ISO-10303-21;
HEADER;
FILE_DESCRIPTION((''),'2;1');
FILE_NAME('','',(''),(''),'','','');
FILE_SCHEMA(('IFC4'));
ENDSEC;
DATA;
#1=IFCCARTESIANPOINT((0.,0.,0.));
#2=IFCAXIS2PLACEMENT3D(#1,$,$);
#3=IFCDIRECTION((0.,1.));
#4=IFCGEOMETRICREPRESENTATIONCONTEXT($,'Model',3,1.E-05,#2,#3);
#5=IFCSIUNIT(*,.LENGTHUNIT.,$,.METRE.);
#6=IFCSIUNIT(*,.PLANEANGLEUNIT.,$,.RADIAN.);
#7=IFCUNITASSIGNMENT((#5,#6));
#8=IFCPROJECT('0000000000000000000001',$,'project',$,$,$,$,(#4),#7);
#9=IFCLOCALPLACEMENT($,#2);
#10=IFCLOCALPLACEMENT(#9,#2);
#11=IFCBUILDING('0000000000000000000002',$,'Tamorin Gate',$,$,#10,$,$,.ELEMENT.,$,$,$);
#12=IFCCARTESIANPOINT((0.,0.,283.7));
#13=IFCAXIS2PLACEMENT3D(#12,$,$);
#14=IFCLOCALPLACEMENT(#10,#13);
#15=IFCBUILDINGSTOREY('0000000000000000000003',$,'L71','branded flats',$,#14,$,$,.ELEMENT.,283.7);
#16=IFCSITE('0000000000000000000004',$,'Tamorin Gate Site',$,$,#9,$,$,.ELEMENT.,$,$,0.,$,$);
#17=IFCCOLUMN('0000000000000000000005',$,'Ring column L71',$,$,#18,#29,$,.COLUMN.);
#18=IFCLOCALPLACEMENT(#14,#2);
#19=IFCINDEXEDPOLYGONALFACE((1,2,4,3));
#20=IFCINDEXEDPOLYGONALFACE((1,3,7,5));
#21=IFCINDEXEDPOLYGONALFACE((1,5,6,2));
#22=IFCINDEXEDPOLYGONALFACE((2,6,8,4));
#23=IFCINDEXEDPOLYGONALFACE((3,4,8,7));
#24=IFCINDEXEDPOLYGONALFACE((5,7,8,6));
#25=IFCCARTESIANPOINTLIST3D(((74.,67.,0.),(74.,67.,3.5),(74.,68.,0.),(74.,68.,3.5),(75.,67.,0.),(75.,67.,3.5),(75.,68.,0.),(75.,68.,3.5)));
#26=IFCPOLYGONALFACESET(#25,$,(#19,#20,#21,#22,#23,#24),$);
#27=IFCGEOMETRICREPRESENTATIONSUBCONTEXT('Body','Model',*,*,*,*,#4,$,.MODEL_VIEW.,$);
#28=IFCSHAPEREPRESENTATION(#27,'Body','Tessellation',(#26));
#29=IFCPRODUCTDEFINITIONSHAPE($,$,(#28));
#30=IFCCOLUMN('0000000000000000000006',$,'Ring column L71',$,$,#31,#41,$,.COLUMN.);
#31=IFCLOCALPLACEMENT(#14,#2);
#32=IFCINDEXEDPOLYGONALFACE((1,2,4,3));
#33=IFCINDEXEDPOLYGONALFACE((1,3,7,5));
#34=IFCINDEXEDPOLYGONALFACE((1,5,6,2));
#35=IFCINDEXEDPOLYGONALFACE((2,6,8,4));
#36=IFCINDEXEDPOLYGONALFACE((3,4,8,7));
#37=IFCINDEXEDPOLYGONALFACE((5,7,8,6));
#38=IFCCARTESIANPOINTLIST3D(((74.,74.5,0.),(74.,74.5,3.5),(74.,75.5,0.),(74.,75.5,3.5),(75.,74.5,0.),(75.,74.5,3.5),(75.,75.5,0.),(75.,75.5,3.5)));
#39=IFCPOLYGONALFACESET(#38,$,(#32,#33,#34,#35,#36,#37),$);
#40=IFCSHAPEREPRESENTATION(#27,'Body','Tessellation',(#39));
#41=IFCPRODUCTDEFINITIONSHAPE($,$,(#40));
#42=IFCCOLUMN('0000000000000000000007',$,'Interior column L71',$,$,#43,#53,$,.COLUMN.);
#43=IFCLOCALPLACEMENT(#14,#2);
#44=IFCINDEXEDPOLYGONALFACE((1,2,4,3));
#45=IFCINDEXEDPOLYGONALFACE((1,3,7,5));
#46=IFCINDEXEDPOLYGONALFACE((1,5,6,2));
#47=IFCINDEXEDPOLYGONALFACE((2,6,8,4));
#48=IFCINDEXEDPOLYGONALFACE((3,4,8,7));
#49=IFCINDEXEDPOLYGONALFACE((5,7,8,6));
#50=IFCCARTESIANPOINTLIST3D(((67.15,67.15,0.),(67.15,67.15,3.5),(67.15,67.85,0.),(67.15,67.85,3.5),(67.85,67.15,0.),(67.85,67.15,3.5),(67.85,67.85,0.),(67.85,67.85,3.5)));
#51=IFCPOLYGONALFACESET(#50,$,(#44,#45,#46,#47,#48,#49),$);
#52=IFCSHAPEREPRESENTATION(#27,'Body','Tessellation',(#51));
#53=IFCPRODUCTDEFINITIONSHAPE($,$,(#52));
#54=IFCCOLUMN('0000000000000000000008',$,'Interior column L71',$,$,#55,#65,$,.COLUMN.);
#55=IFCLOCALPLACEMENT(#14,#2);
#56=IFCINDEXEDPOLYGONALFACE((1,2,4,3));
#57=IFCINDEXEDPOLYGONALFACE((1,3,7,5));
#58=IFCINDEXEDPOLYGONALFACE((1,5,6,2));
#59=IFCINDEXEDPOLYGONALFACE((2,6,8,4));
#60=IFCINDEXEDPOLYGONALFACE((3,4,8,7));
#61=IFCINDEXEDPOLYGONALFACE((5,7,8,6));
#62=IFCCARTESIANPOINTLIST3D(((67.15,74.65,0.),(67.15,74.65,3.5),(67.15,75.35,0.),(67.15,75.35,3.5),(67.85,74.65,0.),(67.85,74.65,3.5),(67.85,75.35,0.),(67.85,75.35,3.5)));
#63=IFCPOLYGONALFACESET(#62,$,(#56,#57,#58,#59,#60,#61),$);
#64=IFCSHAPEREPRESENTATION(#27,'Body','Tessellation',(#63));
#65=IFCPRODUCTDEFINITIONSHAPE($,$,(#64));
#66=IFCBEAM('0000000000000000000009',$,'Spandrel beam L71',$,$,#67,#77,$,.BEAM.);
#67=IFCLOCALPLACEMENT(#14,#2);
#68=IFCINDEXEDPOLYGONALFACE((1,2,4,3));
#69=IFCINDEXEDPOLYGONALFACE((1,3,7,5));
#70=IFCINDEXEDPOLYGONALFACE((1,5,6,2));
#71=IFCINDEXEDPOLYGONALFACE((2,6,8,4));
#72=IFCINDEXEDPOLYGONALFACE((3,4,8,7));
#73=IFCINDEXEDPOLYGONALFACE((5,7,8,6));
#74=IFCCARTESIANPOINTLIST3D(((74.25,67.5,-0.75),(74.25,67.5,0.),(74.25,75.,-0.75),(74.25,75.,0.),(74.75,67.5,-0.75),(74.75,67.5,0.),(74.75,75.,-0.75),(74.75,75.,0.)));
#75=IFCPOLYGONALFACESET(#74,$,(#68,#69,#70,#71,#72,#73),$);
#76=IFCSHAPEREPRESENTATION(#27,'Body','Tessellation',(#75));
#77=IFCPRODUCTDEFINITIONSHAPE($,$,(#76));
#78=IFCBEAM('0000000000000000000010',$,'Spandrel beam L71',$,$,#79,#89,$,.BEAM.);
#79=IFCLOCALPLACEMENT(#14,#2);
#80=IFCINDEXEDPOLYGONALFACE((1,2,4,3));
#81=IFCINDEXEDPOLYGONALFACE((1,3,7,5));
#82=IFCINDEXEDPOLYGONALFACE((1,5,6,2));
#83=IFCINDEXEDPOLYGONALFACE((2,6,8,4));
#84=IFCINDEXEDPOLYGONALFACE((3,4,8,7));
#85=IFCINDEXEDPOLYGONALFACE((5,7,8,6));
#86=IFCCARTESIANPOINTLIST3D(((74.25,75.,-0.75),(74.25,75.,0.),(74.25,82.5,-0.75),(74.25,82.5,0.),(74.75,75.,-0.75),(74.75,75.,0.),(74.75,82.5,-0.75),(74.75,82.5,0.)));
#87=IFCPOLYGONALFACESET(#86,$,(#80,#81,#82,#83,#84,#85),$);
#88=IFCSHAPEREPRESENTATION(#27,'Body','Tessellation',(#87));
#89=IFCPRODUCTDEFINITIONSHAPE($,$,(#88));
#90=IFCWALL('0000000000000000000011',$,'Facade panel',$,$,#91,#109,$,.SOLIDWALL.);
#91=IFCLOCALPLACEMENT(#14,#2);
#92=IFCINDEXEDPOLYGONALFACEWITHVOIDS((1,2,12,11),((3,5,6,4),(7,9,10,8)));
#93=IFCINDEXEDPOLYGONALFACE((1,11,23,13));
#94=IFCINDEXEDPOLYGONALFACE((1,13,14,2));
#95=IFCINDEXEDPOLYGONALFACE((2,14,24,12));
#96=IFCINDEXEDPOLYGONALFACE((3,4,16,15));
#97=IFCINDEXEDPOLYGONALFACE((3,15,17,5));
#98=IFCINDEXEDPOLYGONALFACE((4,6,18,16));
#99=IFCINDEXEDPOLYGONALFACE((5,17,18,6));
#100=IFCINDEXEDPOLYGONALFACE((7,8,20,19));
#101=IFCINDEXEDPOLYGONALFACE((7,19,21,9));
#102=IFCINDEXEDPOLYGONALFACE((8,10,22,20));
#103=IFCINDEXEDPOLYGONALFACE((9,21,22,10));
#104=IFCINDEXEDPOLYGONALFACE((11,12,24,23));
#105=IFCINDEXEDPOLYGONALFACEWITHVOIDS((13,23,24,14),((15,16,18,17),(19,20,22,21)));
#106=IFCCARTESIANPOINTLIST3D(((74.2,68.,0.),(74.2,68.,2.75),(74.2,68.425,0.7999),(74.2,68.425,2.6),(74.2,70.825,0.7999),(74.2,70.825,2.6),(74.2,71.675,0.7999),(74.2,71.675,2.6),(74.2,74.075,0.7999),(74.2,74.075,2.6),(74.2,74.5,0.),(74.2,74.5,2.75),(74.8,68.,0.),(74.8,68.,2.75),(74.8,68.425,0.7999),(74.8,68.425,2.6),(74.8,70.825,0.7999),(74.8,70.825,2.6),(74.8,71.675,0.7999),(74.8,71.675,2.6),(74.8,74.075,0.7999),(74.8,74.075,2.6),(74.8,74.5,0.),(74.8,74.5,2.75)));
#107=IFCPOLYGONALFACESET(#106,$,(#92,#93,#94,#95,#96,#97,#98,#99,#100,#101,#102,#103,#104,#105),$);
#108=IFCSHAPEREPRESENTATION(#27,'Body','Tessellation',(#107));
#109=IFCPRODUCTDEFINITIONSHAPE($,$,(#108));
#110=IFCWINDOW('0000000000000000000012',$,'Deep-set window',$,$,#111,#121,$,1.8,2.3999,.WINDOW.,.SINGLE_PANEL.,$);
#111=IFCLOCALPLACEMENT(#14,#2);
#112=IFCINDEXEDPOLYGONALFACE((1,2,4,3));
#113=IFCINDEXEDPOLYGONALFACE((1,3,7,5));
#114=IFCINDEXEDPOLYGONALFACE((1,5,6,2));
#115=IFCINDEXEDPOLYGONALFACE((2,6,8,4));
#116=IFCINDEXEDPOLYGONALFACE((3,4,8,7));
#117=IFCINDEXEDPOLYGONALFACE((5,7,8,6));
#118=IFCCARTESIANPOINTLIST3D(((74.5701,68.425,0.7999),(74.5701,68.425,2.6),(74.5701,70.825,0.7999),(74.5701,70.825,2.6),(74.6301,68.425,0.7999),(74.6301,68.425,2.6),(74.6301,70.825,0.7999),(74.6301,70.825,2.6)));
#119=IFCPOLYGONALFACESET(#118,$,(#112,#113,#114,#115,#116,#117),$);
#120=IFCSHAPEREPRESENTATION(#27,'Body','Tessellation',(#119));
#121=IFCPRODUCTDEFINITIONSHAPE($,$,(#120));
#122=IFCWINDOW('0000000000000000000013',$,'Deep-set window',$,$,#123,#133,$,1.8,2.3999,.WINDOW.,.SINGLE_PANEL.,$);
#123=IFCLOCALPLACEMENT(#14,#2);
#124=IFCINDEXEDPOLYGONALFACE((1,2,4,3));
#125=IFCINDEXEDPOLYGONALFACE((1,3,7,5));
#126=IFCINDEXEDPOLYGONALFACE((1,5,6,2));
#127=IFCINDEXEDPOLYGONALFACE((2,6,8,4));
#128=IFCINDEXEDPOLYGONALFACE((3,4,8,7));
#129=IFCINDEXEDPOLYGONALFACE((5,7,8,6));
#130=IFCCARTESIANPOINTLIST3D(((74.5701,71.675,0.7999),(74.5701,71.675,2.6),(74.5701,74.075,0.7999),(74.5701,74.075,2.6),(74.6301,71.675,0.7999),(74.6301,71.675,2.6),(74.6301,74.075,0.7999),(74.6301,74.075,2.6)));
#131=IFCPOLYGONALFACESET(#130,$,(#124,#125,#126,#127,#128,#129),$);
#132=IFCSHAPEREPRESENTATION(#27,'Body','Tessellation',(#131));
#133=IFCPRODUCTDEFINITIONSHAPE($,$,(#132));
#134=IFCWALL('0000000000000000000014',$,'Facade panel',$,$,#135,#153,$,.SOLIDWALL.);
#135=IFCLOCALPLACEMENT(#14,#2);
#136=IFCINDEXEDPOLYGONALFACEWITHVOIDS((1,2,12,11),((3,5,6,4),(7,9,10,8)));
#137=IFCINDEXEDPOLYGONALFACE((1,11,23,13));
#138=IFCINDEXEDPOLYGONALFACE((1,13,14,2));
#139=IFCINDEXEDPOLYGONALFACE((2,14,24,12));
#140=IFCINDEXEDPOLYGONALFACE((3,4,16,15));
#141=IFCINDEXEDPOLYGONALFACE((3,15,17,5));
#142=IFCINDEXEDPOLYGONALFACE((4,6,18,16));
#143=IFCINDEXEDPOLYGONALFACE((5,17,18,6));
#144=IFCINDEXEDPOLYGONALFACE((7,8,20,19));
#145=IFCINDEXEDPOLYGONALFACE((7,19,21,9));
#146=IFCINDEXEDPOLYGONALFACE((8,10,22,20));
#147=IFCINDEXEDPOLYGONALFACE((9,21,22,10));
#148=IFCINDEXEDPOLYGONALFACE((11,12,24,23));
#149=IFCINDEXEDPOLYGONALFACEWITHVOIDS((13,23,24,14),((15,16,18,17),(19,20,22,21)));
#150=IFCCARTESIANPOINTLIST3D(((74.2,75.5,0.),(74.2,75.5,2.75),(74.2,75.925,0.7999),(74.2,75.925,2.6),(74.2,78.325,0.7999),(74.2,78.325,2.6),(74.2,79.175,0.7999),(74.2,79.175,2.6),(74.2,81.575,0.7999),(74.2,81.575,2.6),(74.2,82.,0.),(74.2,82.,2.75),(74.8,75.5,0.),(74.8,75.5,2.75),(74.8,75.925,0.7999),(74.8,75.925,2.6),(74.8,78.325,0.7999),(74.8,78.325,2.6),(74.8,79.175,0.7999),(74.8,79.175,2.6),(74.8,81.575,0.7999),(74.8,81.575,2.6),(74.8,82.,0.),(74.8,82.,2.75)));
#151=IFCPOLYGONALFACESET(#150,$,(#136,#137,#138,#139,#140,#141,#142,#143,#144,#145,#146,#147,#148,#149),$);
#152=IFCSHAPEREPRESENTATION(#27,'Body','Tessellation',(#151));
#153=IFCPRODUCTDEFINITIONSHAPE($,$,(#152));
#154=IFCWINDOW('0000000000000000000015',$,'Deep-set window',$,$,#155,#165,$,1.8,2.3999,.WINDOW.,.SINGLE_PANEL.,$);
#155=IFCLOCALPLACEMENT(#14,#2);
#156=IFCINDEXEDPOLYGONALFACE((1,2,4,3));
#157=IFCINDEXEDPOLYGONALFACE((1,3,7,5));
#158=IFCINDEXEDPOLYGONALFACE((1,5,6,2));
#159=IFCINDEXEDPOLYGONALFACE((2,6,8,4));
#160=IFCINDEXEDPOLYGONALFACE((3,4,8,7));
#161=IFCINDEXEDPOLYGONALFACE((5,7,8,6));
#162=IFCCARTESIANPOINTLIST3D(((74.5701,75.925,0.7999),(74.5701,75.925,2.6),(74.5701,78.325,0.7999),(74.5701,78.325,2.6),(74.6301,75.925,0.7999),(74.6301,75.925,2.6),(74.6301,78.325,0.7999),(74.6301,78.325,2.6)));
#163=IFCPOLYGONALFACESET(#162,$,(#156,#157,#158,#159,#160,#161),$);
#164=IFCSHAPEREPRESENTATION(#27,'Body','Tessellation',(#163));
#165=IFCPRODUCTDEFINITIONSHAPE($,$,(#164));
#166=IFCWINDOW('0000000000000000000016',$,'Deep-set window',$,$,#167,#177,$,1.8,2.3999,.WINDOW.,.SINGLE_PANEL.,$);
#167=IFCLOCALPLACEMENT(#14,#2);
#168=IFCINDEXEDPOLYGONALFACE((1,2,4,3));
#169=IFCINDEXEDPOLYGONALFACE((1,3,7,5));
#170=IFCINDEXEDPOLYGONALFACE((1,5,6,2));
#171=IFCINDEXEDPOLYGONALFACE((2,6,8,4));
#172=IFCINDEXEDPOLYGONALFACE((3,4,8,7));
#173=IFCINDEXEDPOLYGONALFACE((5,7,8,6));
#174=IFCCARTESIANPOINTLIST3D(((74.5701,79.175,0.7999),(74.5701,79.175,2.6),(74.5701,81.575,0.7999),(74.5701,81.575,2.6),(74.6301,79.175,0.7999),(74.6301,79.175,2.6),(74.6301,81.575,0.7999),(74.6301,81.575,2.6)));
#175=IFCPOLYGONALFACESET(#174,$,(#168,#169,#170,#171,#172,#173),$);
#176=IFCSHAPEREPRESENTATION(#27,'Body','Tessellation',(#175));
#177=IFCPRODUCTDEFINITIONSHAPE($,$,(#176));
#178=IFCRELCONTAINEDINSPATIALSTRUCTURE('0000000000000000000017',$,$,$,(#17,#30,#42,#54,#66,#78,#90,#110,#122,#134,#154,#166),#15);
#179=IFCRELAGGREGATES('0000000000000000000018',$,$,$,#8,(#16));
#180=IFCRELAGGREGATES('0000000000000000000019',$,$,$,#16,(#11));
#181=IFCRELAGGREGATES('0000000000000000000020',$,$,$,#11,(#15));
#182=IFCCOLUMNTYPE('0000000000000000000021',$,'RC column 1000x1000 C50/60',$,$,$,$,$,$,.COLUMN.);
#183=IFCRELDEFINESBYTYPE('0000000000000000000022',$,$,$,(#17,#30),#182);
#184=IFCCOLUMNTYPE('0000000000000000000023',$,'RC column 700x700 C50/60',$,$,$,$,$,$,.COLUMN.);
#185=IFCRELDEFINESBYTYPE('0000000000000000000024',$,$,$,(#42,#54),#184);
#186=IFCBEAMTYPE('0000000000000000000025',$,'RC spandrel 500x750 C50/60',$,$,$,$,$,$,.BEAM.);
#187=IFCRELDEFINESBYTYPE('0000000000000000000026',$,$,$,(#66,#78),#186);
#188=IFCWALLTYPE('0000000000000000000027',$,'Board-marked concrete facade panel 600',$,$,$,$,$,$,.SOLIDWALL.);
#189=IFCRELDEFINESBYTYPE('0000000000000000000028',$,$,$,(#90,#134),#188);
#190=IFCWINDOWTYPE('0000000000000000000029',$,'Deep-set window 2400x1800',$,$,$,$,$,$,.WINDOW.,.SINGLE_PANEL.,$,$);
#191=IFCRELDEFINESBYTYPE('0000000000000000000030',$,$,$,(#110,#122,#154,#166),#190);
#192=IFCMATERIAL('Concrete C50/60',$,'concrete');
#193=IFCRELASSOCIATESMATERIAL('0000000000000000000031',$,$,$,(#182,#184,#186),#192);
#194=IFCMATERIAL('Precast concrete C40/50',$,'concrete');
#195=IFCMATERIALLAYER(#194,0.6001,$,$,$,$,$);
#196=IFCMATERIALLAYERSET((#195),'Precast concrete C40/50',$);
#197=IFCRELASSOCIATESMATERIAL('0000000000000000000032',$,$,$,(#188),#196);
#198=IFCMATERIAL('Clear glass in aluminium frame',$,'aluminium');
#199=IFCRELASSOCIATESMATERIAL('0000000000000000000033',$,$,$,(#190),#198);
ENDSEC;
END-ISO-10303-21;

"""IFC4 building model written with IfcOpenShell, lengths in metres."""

from ifc_helpers import new_model, si_unit, direction, frame, frame_2d, origin, origin_2d, place, context, subcontext, project, spatial, rectangle, extrude, material, layer, layer_set, material_profile, profile_set, type_object, element, fill, save


model = new_model("IFC4")

# Units and contexts
model_context = context("Model", 3, precision=1e-05, world=origin(), true_north=direction((0.0, 1.0)))
body_context = subcontext(model_context, "Body", "Model", "MODEL_VIEW")
ifc_project = project(units=[si_unit("LENGTHUNIT", "METRE"), si_unit("PLANEANGLEUNIT", "RADIAN")], contexts=[model_context])

# Site, building, storey
site_placement = place(None, origin())
site = spatial("IfcSite", under=ifc_project, at=site_placement, Name="Tamorin Gate Site", CompositionType="ELEMENT", RefElevation=0.0)
building_placement = place(site_placement, origin())
building = spatial("IfcBuilding", under=site, at=building_placement, Name="Tamorin Gate", CompositionType="ELEMENT")
storey_placement = place(building_placement, frame((0.0, 0.0, 283.7)))
storey = spatial("IfcBuildingStorey", under=building, at=storey_placement, Name="L71", Description="branded flats", CompositionType="ELEMENT", Elevation=283.7)

# Columns
ifc_material_1 = material(Name="Concrete C50/60", Category="concrete")
ifc_material_profile_1 = material_profile(ifc_material_1, rectangle(XDim=1.0, YDim=1.0, at=origin_2d()), Name="RC 1000x1000")
ifc_profile_set_1 = profile_set([ifc_material_profile_1], Name="Concrete C50/60")
column_type_1 = type_object("IfcColumnType", Name="RC column 1000x1000 C50/60", PredefinedType="COLUMN", material=ifc_profile_set_1)
for number, where, z_axis, x_axis, name in (
    (1, (74.5, 67.5, 0.0), (0.0, 0.0, 1.0), (1.0, 0.0, 0.0), "Ring column L71"),
    (2, (74.5, 75.0, 0.0), (0.0, 0.0, 1.0), (1.0, 0.0, 0.0), "Ring column L71"),
):
    element("IfcColumn", number, at=place(storey_placement, frame(where, z_axis=z_axis, x_axis=x_axis)), inside=storey, type_object=column_type_1, Name=name, PredefinedType="COLUMN", context=body_context, shape_type="SweptSolid", body=[
        extrude(rectangle(XDim=1.0, YDim=1.0, at=origin_2d()), origin(), (0.0, 0.0, 1.0), 3.5),
    ])
ifc_material_profile_2 = material_profile(ifc_material_1, rectangle(XDim=0.7, YDim=0.7, at=origin_2d()), Name="RC 700x700")
ifc_profile_set_2 = profile_set([ifc_material_profile_2], Name="Concrete C50/60")
column_type_2 = type_object("IfcColumnType", Name="RC column 700x700 C50/60", PredefinedType="COLUMN", material=ifc_profile_set_2)
for number, where, z_axis, x_axis, name in (
    (3, (67.5, 67.5, 0.0), (0.0, 0.0, 1.0), (1.0, 0.0, 0.0), "Interior column L71"),
    (4, (67.5, 75.0, 0.0), (0.0, 0.0, 1.0), (1.0, 0.0, 0.0), "Interior column L71"),
):
    element("IfcColumn", number, at=place(storey_placement, frame(where, z_axis=z_axis, x_axis=x_axis)), inside=storey, type_object=column_type_2, Name=name, PredefinedType="COLUMN", context=body_context, shape_type="SweptSolid", body=[
        extrude(rectangle(XDim=0.7, YDim=0.7, at=origin_2d()), origin(), (0.0, 0.0, 1.0), 3.5),
    ])

# Beams
ifc_material_profile_3 = material_profile(ifc_material_1, rectangle(XDim=0.5, YDim=0.75, at=origin_2d()), Name="RC 500x750")
ifc_profile_set_3 = profile_set([ifc_material_profile_3], Name="Concrete C50/60")
beam_type = type_object("IfcBeamType", Name="RC spandrel 500x750 C50/60", PredefinedType="BEAM", material=ifc_profile_set_3)
for number, where, z_axis, x_axis, name in (
    (5, (74.5, 67.5, -0.375), (0.0, 1.0, 0.0), (-1.0, 0.0, 0.0), "Spandrel beam L71"),
    (6, (74.5, 75.0, -0.375), (0.0, 1.0, 0.0), (-1.0, 0.0, 0.0), "Spandrel beam L71"),
):
    element("IfcBeam", number, at=place(storey_placement, frame(where, z_axis=z_axis, x_axis=x_axis)), inside=storey, type_object=beam_type, Name=name, PredefinedType="BEAM", context=body_context, shape_type="SweptSolid", body=[
        extrude(rectangle(XDim=0.5, YDim=0.75, at=origin_2d()), origin(), (0.0, 0.0, 1.0), 7.5),
    ])

# Walls, openings, windows
ifc_material_2 = material(Name="Precast concrete C40/50", Category="concrete")
ifc_layer_1 = layer(ifc_material_2, 0.6001)
ifc_layer_set_1 = layer_set([ifc_layer_1], Name="Precast concrete C40/50")
wall_type_1 = type_object("IfcWallType", Name="Board-marked concrete facade panel 600", PredefinedType="SOLIDWALL", material=ifc_layer_set_1)
wall_1_placement = place(storey_placement, frame((74.5, 68.0, 0.0), z_axis=(0.0, 0.0, 1.0), x_axis=(0.0, 1.0, 0.0)))
wall_1 = element("IfcWall", 7, at=wall_1_placement, inside=storey, type_object=wall_type_1, Name="Facade panel", PredefinedType="SOLIDWALL", context=body_context, shape_type="SweptSolid", body=[
    extrude(rectangle(XDim=6.5, YDim=0.6001, at=frame_2d((3.25, 0.0))), origin(), (0.0, 0.0, 1.0), 2.75),
])
opening_1_placement = place(wall_1_placement, frame((0.425, 0.0, 0.8)))
opening_1 = element("IfcOpeningElement", 8, at=opening_1_placement, cuts=wall_1, PredefinedType="OPENING", context=body_context, shape_type="SweptSolid", body=[
    extrude(rectangle(XDim=2.3999, YDim=1.8, at=frame_2d((1.2, 0.8999))), frame((0.0, 0.3101, 0.0), z_axis=(0.0, -1.0, 0.0), x_axis=(1.0, 0.0, 0.0)), (0.0, 0.0, 1.0), 0.6201),
])
opening_2_placement = place(wall_1_placement, frame((3.675, 0.0, 0.8)))
opening_2 = element("IfcOpeningElement", 9, at=opening_2_placement, cuts=wall_1, PredefinedType="OPENING", context=body_context, shape_type="SweptSolid", body=[
    extrude(rectangle(XDim=2.3999, YDim=1.8, at=frame_2d((1.2, 0.8999))), frame((0.0, 0.3101, 0.0), z_axis=(0.0, -1.0, 0.0), x_axis=(1.0, 0.0, 0.0)), (0.0, 0.0, 1.0), 0.6201),
])
ifc_material_3 = material(Name="Clear glass in aluminium frame", Category="aluminium")
window_type = type_object("IfcWindowType", Name="Deep-set window 2400x1800", PartitioningType="SINGLE_PANEL", PredefinedType="WINDOW", material=ifc_material_3)
window_1_placement = place(opening_1_placement, origin())
window_1 = element("IfcWindow", 10, at=window_1_placement, inside=storey, type_object=window_type, Name="Deep-set window", OverallHeight=1.8, OverallWidth=2.3999, PartitioningType="SINGLE_PANEL", PredefinedType="WINDOW", context=body_context, shape_type="SweptSolid", body=[
    extrude(rectangle(XDim=2.3999, YDim=1.8, at=frame_2d((1.2, 0.8999))), frame((0.0, -0.0701, 0.0), z_axis=(0.0, -1.0, 0.0), x_axis=(1.0, 0.0, 0.0)), (0.0, 0.0, 1.0), 0.0601),
])
fill(opening_1, window_1)
window_2_placement = place(opening_2_placement, origin())
window_2 = element("IfcWindow", 11, at=window_2_placement, inside=storey, type_object=window_type, Name="Deep-set window", OverallHeight=1.8, OverallWidth=2.3999, PartitioningType="SINGLE_PANEL", PredefinedType="WINDOW", context=body_context, shape_type="SweptSolid", body=[
    extrude(rectangle(XDim=2.3999, YDim=1.8, at=frame_2d((1.2, 0.8999))), frame((0.0, -0.0701, 0.0), z_axis=(0.0, -1.0, 0.0), x_axis=(1.0, 0.0, 0.0)), (0.0, 0.0, 1.0), 0.0601),
])
fill(opening_2, window_2)
wall_2_placement = place(storey_placement, frame((74.5, 75.5, 0.0), z_axis=(0.0, 0.0, 1.0), x_axis=(0.0, 1.0, 0.0)))
wall_2 = element("IfcWall", 12, at=wall_2_placement, inside=storey, type_object=wall_type_1, Name="Facade panel", PredefinedType="SOLIDWALL", context=body_context, shape_type="SweptSolid", body=[
    extrude(rectangle(XDim=6.5, YDim=0.6001, at=frame_2d((3.25, 0.0))), origin(), (0.0, 0.0, 1.0), 2.75),
])
opening_3_placement = place(wall_2_placement, frame((0.425, 0.0, 0.8)))
opening_3 = element("IfcOpeningElement", 13, at=opening_3_placement, cuts=wall_2, PredefinedType="OPENING", context=body_context, shape_type="SweptSolid", body=[
    extrude(rectangle(XDim=2.3999, YDim=1.8, at=frame_2d((1.2, 0.8999))), frame((0.0, 0.3101, 0.0), z_axis=(0.0, -1.0, 0.0), x_axis=(1.0, 0.0, 0.0)), (0.0, 0.0, 1.0), 0.6201),
])
opening_4_placement = place(wall_2_placement, frame((3.675, 0.0, 0.8)))
opening_4 = element("IfcOpeningElement", 14, at=opening_4_placement, cuts=wall_2, PredefinedType="OPENING", context=body_context, shape_type="SweptSolid", body=[
    extrude(rectangle(XDim=2.3999, YDim=1.8, at=frame_2d((1.2, 0.8999))), frame((0.0, 0.3101, 0.0), z_axis=(0.0, -1.0, 0.0), x_axis=(1.0, 0.0, 0.0)), (0.0, 0.0, 1.0), 0.6201),
])
window_3_placement = place(opening_3_placement, origin())
window_3 = element("IfcWindow", 15, at=window_3_placement, inside=storey, type_object=window_type, Name="Deep-set window", OverallHeight=1.8, OverallWidth=2.3999, PartitioningType="SINGLE_PANEL", PredefinedType="WINDOW", context=body_context, shape_type="SweptSolid", body=[
    extrude(rectangle(XDim=2.3999, YDim=1.8, at=frame_2d((1.2, 0.8999))), frame((0.0, -0.0701, 0.0), z_axis=(0.0, -1.0, 0.0), x_axis=(1.0, 0.0, 0.0)), (0.0, 0.0, 1.0), 0.0601),
])
fill(opening_3, window_3)
window_4_placement = place(opening_4_placement, origin())
window_4 = element("IfcWindow", 16, at=window_4_placement, inside=storey, type_object=window_type, Name="Deep-set window", OverallHeight=1.8, OverallWidth=2.3999, PartitioningType="SINGLE_PANEL", PredefinedType="WINDOW", context=body_context, shape_type="SweptSolid", body=[
    extrude(rectangle(XDim=2.3999, YDim=1.8, at=frame_2d((1.2, 0.8999))), frame((0.0, -0.0701, 0.0), z_axis=(0.0, -1.0, 0.0), x_axis=(1.0, 0.0, 0.0)), (0.0, 0.0, 1.0), 0.0601),
])
fill(opening_4, window_4)

save(model, "model.ifc")
